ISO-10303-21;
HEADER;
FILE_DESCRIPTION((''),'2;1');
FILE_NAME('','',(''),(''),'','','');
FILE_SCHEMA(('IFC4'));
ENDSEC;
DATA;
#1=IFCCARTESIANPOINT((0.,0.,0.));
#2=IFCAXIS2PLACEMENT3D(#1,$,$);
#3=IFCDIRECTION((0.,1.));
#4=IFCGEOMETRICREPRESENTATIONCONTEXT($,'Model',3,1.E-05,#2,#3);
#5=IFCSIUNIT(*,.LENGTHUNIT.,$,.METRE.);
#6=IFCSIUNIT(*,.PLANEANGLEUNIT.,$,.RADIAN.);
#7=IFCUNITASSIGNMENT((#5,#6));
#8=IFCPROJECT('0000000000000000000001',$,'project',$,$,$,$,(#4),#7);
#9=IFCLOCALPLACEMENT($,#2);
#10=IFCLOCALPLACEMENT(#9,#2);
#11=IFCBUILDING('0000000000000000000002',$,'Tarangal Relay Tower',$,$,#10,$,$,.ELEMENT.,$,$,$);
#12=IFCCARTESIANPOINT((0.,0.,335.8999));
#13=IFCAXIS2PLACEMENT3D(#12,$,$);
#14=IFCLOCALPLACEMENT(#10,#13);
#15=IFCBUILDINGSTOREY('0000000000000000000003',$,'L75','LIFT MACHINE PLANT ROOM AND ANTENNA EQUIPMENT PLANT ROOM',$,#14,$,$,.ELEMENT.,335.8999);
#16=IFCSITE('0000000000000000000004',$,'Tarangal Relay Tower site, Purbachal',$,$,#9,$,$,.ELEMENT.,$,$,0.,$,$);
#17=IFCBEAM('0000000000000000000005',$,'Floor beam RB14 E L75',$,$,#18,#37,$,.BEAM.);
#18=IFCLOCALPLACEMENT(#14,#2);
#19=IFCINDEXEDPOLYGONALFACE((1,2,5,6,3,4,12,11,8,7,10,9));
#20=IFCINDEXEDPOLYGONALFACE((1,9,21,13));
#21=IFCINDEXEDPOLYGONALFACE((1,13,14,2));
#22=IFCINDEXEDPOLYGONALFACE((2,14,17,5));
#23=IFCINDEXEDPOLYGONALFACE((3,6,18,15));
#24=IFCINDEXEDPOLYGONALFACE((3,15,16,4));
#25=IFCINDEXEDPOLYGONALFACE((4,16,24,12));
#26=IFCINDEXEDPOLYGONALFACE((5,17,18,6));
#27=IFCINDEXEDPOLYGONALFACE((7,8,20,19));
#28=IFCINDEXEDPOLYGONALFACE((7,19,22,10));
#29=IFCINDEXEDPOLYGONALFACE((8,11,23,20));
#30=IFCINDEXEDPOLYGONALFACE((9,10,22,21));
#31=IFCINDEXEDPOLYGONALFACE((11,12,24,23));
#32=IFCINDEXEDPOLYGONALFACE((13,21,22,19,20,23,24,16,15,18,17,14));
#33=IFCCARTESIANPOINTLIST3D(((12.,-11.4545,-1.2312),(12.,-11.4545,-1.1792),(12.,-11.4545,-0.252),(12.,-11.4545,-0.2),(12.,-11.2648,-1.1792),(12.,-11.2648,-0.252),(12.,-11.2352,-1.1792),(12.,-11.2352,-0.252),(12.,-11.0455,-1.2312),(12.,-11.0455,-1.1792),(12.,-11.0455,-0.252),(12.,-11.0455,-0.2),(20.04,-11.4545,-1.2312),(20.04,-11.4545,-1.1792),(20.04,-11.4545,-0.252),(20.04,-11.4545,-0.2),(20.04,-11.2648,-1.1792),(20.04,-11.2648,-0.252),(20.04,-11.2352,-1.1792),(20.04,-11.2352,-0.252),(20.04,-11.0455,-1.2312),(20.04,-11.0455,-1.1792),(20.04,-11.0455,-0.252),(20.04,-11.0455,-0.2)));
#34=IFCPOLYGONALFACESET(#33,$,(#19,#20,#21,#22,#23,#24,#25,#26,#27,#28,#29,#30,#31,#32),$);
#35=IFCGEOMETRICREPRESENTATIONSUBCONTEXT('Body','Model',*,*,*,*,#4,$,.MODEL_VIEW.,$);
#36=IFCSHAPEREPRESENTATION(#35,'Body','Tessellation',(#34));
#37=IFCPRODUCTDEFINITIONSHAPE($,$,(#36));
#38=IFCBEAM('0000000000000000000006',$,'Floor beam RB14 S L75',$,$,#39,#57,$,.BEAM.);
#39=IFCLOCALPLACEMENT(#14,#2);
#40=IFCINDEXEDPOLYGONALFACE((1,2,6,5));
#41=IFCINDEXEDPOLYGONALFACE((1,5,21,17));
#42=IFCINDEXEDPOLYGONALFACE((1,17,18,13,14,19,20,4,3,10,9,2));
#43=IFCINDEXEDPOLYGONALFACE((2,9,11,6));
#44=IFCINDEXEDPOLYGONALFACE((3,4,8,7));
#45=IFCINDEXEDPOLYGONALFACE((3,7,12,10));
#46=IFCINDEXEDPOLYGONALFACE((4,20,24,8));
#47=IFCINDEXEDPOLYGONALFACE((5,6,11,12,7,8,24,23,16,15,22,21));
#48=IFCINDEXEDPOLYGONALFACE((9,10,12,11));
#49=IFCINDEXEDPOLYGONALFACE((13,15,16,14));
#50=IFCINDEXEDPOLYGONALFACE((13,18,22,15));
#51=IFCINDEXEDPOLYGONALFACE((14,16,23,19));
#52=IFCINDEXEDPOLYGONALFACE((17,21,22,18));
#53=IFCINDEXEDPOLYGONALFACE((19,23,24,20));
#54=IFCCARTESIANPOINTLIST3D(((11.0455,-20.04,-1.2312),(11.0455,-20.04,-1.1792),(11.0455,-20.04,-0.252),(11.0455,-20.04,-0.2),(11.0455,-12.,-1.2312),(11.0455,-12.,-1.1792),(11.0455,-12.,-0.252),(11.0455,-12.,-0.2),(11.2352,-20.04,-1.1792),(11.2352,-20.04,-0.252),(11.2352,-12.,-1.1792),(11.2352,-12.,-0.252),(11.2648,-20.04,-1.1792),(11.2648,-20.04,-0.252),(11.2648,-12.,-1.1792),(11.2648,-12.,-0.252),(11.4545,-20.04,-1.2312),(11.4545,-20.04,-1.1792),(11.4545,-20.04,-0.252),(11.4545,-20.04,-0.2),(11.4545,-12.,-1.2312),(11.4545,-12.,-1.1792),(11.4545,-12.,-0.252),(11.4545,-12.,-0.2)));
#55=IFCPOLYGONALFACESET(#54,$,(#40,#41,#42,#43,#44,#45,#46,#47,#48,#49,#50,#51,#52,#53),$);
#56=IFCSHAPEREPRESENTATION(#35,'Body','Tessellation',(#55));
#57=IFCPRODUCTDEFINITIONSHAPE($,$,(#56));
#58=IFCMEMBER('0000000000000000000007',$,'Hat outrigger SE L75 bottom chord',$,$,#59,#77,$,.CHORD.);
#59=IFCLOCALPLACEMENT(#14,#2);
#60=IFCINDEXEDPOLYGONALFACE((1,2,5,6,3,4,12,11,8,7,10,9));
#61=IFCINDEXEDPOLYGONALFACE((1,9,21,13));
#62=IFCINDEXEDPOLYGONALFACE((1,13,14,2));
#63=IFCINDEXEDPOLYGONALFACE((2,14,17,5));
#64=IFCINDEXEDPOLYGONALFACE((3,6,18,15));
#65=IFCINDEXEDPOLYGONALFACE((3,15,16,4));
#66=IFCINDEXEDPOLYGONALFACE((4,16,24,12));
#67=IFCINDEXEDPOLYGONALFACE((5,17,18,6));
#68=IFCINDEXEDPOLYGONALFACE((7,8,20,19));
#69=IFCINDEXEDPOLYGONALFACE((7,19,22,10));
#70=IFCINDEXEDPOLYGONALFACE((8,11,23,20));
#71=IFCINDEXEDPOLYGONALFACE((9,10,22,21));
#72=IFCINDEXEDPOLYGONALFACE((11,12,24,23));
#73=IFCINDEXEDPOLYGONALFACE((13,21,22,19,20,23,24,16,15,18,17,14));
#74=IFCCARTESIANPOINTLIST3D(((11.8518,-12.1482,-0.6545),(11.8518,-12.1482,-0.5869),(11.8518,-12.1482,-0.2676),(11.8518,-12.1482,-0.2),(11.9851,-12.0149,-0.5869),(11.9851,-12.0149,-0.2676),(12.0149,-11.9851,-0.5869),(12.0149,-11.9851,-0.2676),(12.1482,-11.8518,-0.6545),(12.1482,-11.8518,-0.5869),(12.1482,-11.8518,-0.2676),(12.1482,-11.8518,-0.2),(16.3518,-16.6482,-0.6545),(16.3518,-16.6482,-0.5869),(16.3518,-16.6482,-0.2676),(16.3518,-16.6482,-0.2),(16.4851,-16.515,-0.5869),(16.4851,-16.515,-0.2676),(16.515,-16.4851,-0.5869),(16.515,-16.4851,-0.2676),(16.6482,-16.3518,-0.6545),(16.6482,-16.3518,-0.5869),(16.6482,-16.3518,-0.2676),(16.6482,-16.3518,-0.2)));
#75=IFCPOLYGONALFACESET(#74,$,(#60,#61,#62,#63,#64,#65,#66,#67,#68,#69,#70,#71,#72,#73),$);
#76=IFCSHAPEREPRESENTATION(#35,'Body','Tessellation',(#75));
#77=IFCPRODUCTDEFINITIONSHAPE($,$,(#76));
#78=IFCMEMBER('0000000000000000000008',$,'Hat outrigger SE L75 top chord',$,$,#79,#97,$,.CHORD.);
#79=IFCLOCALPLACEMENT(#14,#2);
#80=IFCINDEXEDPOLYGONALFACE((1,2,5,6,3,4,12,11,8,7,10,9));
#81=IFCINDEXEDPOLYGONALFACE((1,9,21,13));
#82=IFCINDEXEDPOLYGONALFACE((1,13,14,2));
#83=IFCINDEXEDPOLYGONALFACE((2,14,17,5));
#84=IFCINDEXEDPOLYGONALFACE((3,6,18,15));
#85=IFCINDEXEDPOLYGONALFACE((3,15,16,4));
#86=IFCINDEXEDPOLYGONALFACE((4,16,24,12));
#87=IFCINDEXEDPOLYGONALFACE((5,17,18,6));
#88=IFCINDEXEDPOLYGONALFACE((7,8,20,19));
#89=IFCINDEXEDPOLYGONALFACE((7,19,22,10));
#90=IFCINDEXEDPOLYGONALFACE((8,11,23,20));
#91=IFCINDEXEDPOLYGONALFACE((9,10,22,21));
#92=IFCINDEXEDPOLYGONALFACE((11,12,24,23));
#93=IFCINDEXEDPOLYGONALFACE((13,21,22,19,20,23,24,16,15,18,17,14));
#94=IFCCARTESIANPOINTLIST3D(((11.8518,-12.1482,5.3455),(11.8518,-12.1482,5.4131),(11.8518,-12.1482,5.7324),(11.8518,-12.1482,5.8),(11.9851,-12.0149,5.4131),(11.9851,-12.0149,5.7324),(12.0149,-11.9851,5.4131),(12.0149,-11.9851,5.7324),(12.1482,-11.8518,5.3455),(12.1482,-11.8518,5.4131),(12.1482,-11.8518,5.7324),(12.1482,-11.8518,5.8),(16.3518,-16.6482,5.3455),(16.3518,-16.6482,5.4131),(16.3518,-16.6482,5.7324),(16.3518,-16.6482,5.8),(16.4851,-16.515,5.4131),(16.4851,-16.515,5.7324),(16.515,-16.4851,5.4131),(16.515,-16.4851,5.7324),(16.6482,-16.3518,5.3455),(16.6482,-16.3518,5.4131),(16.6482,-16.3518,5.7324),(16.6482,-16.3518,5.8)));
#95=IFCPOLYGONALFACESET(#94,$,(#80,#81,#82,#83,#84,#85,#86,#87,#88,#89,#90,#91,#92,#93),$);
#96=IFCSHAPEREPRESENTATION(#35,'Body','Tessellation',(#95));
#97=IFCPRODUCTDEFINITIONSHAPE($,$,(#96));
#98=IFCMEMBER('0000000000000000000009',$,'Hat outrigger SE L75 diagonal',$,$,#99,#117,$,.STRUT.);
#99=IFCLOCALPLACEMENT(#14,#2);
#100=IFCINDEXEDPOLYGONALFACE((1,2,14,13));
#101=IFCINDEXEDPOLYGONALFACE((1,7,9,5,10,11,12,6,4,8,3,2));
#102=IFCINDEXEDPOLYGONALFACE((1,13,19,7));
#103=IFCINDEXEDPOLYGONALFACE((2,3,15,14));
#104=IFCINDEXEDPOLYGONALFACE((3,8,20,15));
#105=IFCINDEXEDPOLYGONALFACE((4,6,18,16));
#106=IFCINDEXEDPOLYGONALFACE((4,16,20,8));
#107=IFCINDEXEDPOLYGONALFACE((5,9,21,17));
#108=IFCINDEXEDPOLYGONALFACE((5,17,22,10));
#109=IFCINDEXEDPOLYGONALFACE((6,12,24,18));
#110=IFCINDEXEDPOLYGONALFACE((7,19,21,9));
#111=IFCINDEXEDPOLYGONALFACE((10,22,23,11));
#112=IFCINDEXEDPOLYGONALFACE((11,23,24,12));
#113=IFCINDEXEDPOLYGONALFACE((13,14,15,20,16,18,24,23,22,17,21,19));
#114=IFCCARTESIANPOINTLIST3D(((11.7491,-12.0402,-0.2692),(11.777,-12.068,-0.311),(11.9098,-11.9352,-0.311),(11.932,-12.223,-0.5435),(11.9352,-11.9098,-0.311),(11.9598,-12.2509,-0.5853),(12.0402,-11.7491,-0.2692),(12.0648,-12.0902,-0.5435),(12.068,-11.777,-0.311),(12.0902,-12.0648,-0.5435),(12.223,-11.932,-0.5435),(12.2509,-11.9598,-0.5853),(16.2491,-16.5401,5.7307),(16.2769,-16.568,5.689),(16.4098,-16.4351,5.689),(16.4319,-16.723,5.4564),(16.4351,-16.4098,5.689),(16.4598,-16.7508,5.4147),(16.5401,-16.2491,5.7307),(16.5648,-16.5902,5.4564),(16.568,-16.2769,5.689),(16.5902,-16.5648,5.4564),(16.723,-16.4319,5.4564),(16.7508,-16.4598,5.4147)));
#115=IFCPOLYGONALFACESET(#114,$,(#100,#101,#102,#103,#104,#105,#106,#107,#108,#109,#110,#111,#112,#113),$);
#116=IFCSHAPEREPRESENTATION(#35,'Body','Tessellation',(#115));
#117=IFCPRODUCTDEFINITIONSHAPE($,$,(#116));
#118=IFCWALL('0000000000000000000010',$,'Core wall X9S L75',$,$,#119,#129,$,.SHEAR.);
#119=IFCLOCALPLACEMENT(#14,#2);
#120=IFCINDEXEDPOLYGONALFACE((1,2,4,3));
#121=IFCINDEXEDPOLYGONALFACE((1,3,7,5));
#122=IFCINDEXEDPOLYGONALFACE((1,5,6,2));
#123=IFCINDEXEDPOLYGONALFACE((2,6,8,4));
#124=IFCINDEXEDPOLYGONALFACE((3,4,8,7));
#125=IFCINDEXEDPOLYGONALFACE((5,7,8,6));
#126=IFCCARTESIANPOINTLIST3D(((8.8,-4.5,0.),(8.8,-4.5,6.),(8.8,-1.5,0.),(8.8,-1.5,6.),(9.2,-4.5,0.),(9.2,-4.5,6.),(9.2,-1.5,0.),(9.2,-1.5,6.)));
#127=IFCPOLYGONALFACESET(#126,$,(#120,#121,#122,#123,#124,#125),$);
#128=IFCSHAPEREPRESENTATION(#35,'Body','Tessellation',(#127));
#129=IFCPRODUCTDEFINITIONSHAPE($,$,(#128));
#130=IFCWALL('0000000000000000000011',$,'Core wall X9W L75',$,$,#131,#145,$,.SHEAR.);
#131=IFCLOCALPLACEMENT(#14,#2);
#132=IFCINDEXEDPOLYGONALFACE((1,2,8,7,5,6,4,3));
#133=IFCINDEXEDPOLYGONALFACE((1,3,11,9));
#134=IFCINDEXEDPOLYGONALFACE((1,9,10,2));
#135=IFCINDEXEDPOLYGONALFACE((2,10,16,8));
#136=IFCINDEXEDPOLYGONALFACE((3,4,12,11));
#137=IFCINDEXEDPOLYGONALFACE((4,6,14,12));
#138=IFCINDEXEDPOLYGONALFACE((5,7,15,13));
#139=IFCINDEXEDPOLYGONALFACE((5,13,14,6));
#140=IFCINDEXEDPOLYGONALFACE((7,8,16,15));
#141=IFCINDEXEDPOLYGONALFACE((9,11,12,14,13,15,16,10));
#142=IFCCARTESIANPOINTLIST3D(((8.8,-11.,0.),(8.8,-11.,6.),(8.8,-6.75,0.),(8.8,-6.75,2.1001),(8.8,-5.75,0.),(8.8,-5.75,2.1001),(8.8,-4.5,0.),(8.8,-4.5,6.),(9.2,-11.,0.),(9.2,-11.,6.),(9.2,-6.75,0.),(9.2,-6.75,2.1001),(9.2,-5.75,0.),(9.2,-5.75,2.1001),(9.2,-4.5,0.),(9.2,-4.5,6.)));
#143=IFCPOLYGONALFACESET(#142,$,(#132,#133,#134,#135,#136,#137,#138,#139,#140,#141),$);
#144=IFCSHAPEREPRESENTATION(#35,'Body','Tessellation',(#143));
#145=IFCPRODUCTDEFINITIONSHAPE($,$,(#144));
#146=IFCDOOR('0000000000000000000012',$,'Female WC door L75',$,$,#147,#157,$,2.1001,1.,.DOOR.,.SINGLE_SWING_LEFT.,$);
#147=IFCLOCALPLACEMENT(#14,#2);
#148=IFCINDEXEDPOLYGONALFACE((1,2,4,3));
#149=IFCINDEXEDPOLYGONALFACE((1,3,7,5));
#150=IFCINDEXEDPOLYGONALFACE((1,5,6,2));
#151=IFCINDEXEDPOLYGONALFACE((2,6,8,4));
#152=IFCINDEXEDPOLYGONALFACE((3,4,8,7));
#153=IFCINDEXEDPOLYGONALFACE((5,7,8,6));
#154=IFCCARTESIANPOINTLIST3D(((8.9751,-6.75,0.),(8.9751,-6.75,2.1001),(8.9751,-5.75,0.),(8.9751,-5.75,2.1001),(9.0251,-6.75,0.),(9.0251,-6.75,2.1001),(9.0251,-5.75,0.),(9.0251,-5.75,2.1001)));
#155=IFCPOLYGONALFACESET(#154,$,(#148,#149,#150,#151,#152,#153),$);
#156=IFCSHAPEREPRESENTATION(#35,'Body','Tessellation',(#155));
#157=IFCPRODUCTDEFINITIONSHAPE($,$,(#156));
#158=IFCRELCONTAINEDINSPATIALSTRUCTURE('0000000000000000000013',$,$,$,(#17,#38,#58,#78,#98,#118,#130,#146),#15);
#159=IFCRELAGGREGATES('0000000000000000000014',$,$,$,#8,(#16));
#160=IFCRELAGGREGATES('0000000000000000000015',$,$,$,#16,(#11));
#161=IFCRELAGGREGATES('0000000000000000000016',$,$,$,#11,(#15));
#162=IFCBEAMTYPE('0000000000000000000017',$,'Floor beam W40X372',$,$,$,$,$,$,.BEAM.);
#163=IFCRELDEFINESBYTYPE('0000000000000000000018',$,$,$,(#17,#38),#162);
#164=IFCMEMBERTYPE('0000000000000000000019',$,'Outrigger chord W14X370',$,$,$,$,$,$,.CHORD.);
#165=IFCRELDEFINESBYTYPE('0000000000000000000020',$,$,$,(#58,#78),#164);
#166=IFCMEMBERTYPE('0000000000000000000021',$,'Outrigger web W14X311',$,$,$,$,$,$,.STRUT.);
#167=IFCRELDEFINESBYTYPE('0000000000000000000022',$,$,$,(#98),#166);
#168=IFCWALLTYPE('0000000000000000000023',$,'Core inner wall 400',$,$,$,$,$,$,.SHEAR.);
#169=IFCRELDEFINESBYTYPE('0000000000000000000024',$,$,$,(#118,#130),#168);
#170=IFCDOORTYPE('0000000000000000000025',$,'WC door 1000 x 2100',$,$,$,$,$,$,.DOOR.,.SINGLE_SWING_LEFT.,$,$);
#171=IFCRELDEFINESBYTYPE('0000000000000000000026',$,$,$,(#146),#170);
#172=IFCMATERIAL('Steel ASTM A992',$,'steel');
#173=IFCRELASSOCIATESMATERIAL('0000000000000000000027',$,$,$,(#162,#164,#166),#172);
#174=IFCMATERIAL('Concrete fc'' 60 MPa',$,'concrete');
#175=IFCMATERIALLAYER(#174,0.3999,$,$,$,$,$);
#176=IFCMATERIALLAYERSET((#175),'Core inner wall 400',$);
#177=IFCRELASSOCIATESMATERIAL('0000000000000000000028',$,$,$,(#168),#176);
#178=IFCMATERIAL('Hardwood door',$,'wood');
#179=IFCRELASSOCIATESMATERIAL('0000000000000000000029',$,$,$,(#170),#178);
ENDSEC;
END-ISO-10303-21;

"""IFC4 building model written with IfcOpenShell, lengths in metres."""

from ifc_helpers import new_model, si_unit, direction, frame, frame_2d, origin, origin_2d, place, context, subcontext, project, spatial, rectangle, i_section, extrude, material, layer, layer_set, material_profile, profile_set, type_object, element, fill, save


model = new_model("IFC4")

# Units and contexts
model_context = context("Model", 3, precision=1e-05, world=origin(), true_north=direction((0.0, 1.0)))
body_context = subcontext(model_context, "Body", "Model", "MODEL_VIEW")
ifc_project = project(units=[si_unit("LENGTHUNIT", "METRE"), si_unit("PLANEANGLEUNIT", "RADIAN")], contexts=[model_context])

# Site, building, storey
site_placement = place(None, origin())
site = spatial("IfcSite", under=ifc_project, at=site_placement, Name="Tarangal Relay Tower site, Purbachal", CompositionType="ELEMENT", RefElevation=0.0)
building_placement = place(site_placement, origin())
building = spatial("IfcBuilding", under=site, at=building_placement, Name="Tarangal Relay Tower", CompositionType="ELEMENT")
storey_placement = place(building_placement, frame((0.0, 0.0, 335.8999)))
storey = spatial("IfcBuildingStorey", under=building, at=storey_placement, Name="L75", Description="LIFT MACHINE PLANT ROOM AND ANTENNA EQUIPMENT PLANT ROOM", CompositionType="ELEMENT", Elevation=335.8999)

# Shared definitions
ifc_material_1 = material(Name="Steel ASTM A992", Category="steel")

# Beams
ifc_material_profile_1 = material_profile(ifc_material_1, i_section(OverallWidth=0.4089, OverallDepth=1.0312, WebThickness=0.0295, FlangeThickness=0.052, at=origin_2d()), Name="W40X372")
ifc_profile_set_1 = profile_set([ifc_material_profile_1], Name="Steel ASTM A992")
beam_type_1 = type_object("IfcBeamType", Name="Floor beam W40X372", PredefinedType="BEAM", material=ifc_profile_set_1)
for number, where, z_axis, x_axis, name in (
    (1, (12.0, -11.25, -0.7156), (1.0, 0.0, 0.0), (0.0, 1.0, 0.0), "Floor beam RB14 E L75"),
    (2, (11.25, -12.0, -0.7156), (0.0, -1.0, 0.0), (1.0, 0.0, 0.0), "Floor beam RB14 S L75"),
):
    element("IfcBeam", number, at=place(storey_placement, frame(where, z_axis=z_axis, x_axis=x_axis)), inside=storey, type_object=beam_type_1, Name=name, PredefinedType="BEAM", context=body_context, shape_type="SweptSolid", body=[
        extrude(i_section(OverallWidth=0.4089, OverallDepth=1.0312, WebThickness=0.0295, FlangeThickness=0.052, at=origin_2d()), origin(), (0.0, 0.0, 1.0), 8.04),
    ])

# Members
ifc_material_profile_2 = material_profile(ifc_material_1, i_section(OverallWidth=0.4192, OverallDepth=0.4546, WebThickness=0.0422, FlangeThickness=0.0676, at=origin_2d()), Name="W14X370")
ifc_profile_set_2 = profile_set([ifc_material_profile_2], Name="Steel ASTM A992")
member_type_1 = type_object("IfcMemberType", Name="Outrigger chord W14X370", PredefinedType="CHORD", material=ifc_profile_set_2)
for number, where, z_axis, x_axis, name in (
    (3, (12.0, -12.0, -0.4272), (0.707107, -0.707107, 0.0), (0.707107, 0.707107, 0.0), "Hat outrigger SE L75 bottom chord"),
    (4, (12.0, -12.0, 5.5728), (0.707107, -0.707107, 0.0), (0.707107, 0.707107, 0.0), "Hat outrigger SE L75 top chord"),
):
    element("IfcMember", number, at=place(storey_placement, frame(where, z_axis=z_axis, x_axis=x_axis)), inside=storey, type_object=member_type_1, Name=name, PredefinedType="CHORD", context=body_context, shape_type="SweptSolid", body=[
        extrude(i_section(OverallWidth=0.4192, OverallDepth=0.4546, WebThickness=0.0422, FlangeThickness=0.0676, at=origin_2d()), origin(), (0.0, 0.0, 1.0), 6.364),
    ])
ifc_material_profile_3 = material_profile(ifc_material_1, i_section(OverallWidth=0.4116, OverallDepth=0.4343, WebThickness=0.0359, FlangeThickness=0.0574, at=origin_2d()), Name="W14X311")
ifc_profile_set_3 = profile_set([ifc_material_profile_3], Name="Steel ASTM A992")
member_type_2 = type_object("IfcMemberType", Name="Outrigger web W14X311", PredefinedType="STRUT", material=ifc_profile_set_3)
member_1_placement = place(storey_placement, frame((12.0, -12.0, -0.4272), z_axis=(0.514496, -0.514496, 0.685994), x_axis=(0.707107, 0.707107, 0.0)))
element("IfcMember", 5, at=member_1_placement, inside=storey, type_object=member_type_2, Name="Hat outrigger SE L75 diagonal", PredefinedType="STRUT", context=body_context, shape_type="SweptSolid", body=[
    extrude(i_section(OverallWidth=0.4116, OverallDepth=0.4343, WebThickness=0.0359, FlangeThickness=0.0574, at=origin_2d()), origin(), (0.0, 0.0, 1.0), 8.7463),
])

# Wall
ifc_material_2 = material(Name="Concrete fc' 60 MPa", Category="concrete")
ifc_layer_1 = layer(ifc_material_2, 0.3999)
ifc_layer_set_1 = layer_set([ifc_layer_1], Name="Core inner wall 400")
wall_type_1 = type_object("IfcWallType", Name="Core inner wall 400", PredefinedType="SHEAR", material=ifc_layer_set_1)
wall_1_placement = place(storey_placement, frame((9.0, -4.5, 0.0), z_axis=(0.0, 0.0, 1.0), x_axis=(0.0, 1.0, 0.0)))
element("IfcWall", 6, at=wall_1_placement, inside=storey, type_object=wall_type_1, Name="Core wall X9S L75", PredefinedType="SHEAR", context=body_context, shape_type="SweptSolid", body=[
    extrude(rectangle(XDim=3.0, YDim=0.3999, at=frame_2d((1.5, 0.0))), origin(), (0.0, 0.0, 1.0), 6.0),
])

# Wall, opening, door
wall_2_placement = place(storey_placement, frame((9.0, -11.0, 0.0), z_axis=(0.0, 0.0, 1.0), x_axis=(0.0, 1.0, 0.0)))
wall_2 = element("IfcWall", 7, at=wall_2_placement, inside=storey, type_object=wall_type_1, Name="Core wall X9W L75", PredefinedType="SHEAR", context=body_context, shape_type="SweptSolid", body=[
    extrude(rectangle(XDim=6.5, YDim=0.3999, at=frame_2d((3.25, 0.0))), origin(), (0.0, 0.0, 1.0), 6.0),
])
opening_1_placement = place(wall_2_placement, frame((4.25, 0.0, 0.0)))
opening_1 = element("IfcOpeningElement", 8, at=opening_1_placement, cuts=wall_2, PredefinedType="OPENING", context=body_context, shape_type="SweptSolid", body=[
    extrude(rectangle(XDim=1.0, YDim=2.1001, at=frame_2d((0.5, 1.05))), frame((0.0, 0.21, 0.0), z_axis=(0.0, -1.0, 0.0), x_axis=(1.0, 0.0, 0.0)), (0.0, 0.0, 1.0), 0.4199),
])
ifc_material_3 = material(Name="Hardwood door", Category="wood")
door_type_1 = type_object("IfcDoorType", Name="WC door 1000 x 2100", OperationType="SINGLE_SWING_LEFT", PredefinedType="DOOR", material=ifc_material_3)
door_1_placement = place(opening_1_placement, origin())
door_1 = element("IfcDoor", 9, at=door_1_placement, inside=storey, type_object=door_type_1, Name="Female WC door L75", OperationType="SINGLE_SWING_LEFT", OverallHeight=2.1001, OverallWidth=1.0, PredefinedType="DOOR", context=body_context, shape_type="SweptSolid", body=[
    extrude(rectangle(XDim=1.0, YDim=2.1001, at=frame_2d((0.5, 1.05))), frame((0.0, 0.0249, 0.0), z_axis=(0.0, -1.0, 0.0), x_axis=(1.0, 0.0, 0.0)), (0.0, 0.0, 1.0), 0.05),
])
fill(opening_1, door_1)

save(model, "model.ifc")
